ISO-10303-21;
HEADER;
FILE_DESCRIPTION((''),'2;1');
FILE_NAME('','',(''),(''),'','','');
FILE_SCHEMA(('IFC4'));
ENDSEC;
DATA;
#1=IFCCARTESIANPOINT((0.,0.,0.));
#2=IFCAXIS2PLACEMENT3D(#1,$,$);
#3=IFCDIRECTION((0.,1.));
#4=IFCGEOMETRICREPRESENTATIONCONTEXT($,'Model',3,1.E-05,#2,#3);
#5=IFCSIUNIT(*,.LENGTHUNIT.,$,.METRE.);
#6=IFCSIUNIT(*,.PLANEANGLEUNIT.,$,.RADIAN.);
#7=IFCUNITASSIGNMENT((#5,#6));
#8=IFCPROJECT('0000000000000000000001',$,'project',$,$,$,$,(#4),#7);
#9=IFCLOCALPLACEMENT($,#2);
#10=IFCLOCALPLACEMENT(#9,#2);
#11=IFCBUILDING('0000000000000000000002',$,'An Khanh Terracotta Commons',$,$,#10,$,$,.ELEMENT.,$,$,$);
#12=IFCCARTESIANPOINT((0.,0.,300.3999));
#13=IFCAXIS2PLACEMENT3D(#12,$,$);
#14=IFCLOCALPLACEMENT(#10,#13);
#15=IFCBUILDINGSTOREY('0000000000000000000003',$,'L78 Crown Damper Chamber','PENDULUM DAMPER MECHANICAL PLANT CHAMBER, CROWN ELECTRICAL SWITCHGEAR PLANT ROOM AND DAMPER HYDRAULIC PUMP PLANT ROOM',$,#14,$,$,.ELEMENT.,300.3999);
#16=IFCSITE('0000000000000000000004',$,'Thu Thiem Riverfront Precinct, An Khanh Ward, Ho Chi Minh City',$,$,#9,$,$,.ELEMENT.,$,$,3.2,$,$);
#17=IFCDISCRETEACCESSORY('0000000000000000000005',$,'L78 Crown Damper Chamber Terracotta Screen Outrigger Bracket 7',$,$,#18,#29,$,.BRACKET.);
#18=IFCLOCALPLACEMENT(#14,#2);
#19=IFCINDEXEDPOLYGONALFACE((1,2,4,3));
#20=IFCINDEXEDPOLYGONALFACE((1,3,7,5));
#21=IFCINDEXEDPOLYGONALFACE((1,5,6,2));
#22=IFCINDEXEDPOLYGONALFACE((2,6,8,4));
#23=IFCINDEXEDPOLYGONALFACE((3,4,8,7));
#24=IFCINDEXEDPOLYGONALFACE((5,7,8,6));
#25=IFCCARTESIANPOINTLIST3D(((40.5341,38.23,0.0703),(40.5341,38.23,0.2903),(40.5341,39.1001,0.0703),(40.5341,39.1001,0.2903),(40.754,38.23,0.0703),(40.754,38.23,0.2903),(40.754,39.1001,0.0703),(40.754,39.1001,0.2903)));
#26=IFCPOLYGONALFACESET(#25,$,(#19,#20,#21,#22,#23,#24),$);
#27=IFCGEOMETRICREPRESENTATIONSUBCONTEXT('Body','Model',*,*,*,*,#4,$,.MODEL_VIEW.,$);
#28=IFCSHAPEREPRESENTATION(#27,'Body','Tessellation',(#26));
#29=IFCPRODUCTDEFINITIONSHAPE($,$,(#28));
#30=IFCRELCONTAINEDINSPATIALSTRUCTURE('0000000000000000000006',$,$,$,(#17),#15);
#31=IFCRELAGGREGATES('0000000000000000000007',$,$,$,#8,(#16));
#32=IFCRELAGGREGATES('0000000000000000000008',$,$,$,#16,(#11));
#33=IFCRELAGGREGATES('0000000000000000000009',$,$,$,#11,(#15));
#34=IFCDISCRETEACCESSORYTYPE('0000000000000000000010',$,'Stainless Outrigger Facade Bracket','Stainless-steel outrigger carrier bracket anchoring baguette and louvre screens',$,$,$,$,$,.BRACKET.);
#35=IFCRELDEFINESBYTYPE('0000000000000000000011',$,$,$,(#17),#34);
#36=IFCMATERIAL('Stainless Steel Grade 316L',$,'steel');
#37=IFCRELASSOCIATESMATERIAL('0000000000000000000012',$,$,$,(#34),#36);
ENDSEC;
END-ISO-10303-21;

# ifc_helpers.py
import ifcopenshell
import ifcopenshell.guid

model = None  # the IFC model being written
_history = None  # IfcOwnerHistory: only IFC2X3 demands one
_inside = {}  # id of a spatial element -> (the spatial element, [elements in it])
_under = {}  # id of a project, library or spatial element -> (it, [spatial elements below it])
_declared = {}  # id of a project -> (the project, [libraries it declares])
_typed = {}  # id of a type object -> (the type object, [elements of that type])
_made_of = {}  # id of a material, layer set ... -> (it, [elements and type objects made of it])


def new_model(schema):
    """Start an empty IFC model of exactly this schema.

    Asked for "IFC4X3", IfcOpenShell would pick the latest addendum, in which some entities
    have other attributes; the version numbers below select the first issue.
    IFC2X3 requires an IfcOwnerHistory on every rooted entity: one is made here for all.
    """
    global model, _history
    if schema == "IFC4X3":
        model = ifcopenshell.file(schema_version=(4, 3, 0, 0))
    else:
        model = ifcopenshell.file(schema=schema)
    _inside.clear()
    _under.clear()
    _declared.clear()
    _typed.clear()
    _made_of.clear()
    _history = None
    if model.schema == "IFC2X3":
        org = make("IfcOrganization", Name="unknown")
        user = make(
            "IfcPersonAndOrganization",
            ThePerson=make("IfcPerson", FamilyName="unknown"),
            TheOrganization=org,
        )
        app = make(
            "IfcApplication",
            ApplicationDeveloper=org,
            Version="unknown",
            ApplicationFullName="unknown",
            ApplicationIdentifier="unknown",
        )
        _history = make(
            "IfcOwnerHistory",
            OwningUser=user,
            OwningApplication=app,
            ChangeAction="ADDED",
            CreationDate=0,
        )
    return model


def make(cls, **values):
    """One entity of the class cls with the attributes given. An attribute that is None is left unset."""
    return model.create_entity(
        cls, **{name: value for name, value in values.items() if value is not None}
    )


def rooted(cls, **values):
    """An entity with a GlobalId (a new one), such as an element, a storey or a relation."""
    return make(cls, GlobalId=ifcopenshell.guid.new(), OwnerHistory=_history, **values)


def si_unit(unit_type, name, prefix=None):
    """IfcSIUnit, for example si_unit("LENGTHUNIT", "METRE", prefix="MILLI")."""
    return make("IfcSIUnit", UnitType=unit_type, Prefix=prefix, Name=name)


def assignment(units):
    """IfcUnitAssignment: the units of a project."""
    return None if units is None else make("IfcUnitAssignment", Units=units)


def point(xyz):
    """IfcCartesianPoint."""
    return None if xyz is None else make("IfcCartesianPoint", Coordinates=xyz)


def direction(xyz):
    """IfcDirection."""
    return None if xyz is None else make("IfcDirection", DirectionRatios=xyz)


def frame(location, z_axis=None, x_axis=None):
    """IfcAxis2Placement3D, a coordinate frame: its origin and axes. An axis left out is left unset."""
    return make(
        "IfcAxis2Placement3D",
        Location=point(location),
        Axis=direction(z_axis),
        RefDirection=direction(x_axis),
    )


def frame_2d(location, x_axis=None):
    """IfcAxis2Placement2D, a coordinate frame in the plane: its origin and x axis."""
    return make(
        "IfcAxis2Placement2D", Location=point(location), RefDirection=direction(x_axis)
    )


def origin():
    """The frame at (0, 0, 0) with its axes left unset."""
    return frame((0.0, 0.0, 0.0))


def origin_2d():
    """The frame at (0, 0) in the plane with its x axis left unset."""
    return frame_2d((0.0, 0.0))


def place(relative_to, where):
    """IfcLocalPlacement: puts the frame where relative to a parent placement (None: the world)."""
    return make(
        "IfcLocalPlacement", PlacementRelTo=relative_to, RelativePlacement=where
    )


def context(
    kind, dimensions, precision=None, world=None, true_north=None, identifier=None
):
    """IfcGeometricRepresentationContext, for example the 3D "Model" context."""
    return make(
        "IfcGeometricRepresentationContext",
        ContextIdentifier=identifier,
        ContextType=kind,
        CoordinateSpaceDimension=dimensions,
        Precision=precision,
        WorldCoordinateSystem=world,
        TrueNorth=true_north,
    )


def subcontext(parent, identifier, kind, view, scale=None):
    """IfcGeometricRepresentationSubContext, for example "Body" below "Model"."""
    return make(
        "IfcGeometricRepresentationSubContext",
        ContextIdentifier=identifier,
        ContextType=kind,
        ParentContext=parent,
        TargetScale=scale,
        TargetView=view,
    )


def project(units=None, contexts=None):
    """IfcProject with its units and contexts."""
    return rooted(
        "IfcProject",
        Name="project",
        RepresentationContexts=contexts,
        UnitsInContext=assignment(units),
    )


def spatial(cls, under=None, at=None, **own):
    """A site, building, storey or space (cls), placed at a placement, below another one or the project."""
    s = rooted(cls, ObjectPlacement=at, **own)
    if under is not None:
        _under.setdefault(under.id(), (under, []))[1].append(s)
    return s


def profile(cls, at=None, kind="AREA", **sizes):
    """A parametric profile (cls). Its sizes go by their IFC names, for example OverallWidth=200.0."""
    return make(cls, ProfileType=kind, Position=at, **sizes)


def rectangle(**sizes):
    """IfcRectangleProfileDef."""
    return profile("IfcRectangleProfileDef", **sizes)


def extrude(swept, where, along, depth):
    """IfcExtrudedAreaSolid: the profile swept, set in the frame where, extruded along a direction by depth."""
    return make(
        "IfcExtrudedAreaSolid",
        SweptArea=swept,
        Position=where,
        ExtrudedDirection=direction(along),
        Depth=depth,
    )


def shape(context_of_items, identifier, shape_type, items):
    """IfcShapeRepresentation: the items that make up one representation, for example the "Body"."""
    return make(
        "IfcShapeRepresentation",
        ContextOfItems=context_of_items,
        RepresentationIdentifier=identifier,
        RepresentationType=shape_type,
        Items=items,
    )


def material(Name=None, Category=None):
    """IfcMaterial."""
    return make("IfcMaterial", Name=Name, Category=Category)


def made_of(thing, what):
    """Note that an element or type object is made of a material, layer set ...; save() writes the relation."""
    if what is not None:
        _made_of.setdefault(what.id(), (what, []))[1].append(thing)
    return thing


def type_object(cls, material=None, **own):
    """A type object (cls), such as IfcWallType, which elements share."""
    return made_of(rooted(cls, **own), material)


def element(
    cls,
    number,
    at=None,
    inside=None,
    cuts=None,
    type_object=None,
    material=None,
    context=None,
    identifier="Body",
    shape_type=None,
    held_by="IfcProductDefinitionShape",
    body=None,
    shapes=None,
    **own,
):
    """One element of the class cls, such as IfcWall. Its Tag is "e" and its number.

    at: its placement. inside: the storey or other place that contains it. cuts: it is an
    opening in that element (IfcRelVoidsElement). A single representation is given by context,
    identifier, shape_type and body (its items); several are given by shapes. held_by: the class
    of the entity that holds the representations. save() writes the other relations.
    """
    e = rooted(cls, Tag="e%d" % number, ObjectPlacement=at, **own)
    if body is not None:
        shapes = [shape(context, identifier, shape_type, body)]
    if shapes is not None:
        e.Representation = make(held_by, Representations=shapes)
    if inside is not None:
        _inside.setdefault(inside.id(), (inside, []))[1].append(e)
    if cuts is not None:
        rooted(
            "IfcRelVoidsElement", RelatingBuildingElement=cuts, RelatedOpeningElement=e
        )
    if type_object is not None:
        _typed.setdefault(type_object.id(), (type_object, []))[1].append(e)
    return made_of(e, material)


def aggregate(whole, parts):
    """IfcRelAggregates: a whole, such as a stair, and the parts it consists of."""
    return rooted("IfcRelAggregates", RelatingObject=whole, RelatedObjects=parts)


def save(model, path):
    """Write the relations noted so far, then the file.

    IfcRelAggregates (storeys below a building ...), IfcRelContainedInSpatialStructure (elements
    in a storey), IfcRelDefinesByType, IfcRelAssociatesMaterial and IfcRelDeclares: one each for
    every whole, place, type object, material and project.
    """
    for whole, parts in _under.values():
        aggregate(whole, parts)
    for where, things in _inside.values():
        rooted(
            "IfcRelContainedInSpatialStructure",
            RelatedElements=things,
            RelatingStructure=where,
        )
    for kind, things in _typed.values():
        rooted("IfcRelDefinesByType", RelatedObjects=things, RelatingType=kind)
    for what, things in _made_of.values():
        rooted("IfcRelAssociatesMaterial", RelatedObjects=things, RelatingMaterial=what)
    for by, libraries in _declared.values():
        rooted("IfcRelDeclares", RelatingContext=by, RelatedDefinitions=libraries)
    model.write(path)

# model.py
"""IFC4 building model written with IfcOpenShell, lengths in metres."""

from ifc_helpers import new_model, si_unit, direction, frame, origin, origin_2d, place, context, subcontext, project, spatial, rectangle, extrude, material, type_object, element, save


model = new_model("IFC4")

# Units and contexts
model_context = context("Model", 3, precision=1e-05, world=origin(), true_north=direction((0.0, 1.0)))
body_context = subcontext(model_context, "Body", "Model", "MODEL_VIEW")
ifc_project = project(units=[si_unit("LENGTHUNIT", "METRE"), si_unit("PLANEANGLEUNIT", "RADIAN")], contexts=[model_context])

# Site, building, storey
site_placement = place(None, origin())
site = spatial("IfcSite", under=ifc_project, at=site_placement, Name="Thu Thiem Riverfront Precinct, An Khanh Ward, Ho Chi Minh City", CompositionType="ELEMENT", RefElevation=3.2)
building_placement = place(site_placement, origin())
building = spatial("IfcBuilding", under=site, at=building_placement, Name="An Khanh Terracotta Commons", CompositionType="ELEMENT")
storey_placement = place(building_placement, frame((0.0, 0.0, 300.3999)))
storey = spatial("IfcBuildingStorey", under=building, at=storey_placement, Name="L78 Crown Damper Chamber", Description="PENDULUM DAMPER MECHANICAL PLANT CHAMBER, CROWN ELECTRICAL SWITCHGEAR PLANT ROOM AND DAMPER HYDRAULIC PUMP PLANT ROOM", CompositionType="ELEMENT", Elevation=300.3999)

# Discrete accessory
ifc_material_1 = material(Name="Stainless Steel Grade 316L", Category="steel")
discrete_accessory_type = type_object("IfcDiscreteAccessoryType", Name="Stainless Outrigger Facade Bracket", Description="Stainless-steel outrigger carrier bracket anchoring baguette and louvre screens", PredefinedType="BRACKET", material=ifc_material_1)
for number, where, z_axis, x_axis, name in (
    (1, (40.644, 38.665, 0.0703), (0.0, 0.0, 1.0), (-1.0, 0.0, 0.0), "L78 Crown Damper Chamber Terracotta Screen Outrigger Bracket 7"),
):
    element("IfcDiscreteAccessory", number, at=place(storey_placement, frame(where, z_axis=z_axis, x_axis=x_axis)), inside=storey, type_object=discrete_accessory_type, Name=name, PredefinedType="BRACKET", context=body_context, shape_type="SweptSolid", body=[
        extrude(rectangle(XDim=0.22, YDim=0.8701, at=origin_2d()), origin(), (0.0, 0.0, 1.0), 0.22),
    ])

save(model, "model.ifc")
